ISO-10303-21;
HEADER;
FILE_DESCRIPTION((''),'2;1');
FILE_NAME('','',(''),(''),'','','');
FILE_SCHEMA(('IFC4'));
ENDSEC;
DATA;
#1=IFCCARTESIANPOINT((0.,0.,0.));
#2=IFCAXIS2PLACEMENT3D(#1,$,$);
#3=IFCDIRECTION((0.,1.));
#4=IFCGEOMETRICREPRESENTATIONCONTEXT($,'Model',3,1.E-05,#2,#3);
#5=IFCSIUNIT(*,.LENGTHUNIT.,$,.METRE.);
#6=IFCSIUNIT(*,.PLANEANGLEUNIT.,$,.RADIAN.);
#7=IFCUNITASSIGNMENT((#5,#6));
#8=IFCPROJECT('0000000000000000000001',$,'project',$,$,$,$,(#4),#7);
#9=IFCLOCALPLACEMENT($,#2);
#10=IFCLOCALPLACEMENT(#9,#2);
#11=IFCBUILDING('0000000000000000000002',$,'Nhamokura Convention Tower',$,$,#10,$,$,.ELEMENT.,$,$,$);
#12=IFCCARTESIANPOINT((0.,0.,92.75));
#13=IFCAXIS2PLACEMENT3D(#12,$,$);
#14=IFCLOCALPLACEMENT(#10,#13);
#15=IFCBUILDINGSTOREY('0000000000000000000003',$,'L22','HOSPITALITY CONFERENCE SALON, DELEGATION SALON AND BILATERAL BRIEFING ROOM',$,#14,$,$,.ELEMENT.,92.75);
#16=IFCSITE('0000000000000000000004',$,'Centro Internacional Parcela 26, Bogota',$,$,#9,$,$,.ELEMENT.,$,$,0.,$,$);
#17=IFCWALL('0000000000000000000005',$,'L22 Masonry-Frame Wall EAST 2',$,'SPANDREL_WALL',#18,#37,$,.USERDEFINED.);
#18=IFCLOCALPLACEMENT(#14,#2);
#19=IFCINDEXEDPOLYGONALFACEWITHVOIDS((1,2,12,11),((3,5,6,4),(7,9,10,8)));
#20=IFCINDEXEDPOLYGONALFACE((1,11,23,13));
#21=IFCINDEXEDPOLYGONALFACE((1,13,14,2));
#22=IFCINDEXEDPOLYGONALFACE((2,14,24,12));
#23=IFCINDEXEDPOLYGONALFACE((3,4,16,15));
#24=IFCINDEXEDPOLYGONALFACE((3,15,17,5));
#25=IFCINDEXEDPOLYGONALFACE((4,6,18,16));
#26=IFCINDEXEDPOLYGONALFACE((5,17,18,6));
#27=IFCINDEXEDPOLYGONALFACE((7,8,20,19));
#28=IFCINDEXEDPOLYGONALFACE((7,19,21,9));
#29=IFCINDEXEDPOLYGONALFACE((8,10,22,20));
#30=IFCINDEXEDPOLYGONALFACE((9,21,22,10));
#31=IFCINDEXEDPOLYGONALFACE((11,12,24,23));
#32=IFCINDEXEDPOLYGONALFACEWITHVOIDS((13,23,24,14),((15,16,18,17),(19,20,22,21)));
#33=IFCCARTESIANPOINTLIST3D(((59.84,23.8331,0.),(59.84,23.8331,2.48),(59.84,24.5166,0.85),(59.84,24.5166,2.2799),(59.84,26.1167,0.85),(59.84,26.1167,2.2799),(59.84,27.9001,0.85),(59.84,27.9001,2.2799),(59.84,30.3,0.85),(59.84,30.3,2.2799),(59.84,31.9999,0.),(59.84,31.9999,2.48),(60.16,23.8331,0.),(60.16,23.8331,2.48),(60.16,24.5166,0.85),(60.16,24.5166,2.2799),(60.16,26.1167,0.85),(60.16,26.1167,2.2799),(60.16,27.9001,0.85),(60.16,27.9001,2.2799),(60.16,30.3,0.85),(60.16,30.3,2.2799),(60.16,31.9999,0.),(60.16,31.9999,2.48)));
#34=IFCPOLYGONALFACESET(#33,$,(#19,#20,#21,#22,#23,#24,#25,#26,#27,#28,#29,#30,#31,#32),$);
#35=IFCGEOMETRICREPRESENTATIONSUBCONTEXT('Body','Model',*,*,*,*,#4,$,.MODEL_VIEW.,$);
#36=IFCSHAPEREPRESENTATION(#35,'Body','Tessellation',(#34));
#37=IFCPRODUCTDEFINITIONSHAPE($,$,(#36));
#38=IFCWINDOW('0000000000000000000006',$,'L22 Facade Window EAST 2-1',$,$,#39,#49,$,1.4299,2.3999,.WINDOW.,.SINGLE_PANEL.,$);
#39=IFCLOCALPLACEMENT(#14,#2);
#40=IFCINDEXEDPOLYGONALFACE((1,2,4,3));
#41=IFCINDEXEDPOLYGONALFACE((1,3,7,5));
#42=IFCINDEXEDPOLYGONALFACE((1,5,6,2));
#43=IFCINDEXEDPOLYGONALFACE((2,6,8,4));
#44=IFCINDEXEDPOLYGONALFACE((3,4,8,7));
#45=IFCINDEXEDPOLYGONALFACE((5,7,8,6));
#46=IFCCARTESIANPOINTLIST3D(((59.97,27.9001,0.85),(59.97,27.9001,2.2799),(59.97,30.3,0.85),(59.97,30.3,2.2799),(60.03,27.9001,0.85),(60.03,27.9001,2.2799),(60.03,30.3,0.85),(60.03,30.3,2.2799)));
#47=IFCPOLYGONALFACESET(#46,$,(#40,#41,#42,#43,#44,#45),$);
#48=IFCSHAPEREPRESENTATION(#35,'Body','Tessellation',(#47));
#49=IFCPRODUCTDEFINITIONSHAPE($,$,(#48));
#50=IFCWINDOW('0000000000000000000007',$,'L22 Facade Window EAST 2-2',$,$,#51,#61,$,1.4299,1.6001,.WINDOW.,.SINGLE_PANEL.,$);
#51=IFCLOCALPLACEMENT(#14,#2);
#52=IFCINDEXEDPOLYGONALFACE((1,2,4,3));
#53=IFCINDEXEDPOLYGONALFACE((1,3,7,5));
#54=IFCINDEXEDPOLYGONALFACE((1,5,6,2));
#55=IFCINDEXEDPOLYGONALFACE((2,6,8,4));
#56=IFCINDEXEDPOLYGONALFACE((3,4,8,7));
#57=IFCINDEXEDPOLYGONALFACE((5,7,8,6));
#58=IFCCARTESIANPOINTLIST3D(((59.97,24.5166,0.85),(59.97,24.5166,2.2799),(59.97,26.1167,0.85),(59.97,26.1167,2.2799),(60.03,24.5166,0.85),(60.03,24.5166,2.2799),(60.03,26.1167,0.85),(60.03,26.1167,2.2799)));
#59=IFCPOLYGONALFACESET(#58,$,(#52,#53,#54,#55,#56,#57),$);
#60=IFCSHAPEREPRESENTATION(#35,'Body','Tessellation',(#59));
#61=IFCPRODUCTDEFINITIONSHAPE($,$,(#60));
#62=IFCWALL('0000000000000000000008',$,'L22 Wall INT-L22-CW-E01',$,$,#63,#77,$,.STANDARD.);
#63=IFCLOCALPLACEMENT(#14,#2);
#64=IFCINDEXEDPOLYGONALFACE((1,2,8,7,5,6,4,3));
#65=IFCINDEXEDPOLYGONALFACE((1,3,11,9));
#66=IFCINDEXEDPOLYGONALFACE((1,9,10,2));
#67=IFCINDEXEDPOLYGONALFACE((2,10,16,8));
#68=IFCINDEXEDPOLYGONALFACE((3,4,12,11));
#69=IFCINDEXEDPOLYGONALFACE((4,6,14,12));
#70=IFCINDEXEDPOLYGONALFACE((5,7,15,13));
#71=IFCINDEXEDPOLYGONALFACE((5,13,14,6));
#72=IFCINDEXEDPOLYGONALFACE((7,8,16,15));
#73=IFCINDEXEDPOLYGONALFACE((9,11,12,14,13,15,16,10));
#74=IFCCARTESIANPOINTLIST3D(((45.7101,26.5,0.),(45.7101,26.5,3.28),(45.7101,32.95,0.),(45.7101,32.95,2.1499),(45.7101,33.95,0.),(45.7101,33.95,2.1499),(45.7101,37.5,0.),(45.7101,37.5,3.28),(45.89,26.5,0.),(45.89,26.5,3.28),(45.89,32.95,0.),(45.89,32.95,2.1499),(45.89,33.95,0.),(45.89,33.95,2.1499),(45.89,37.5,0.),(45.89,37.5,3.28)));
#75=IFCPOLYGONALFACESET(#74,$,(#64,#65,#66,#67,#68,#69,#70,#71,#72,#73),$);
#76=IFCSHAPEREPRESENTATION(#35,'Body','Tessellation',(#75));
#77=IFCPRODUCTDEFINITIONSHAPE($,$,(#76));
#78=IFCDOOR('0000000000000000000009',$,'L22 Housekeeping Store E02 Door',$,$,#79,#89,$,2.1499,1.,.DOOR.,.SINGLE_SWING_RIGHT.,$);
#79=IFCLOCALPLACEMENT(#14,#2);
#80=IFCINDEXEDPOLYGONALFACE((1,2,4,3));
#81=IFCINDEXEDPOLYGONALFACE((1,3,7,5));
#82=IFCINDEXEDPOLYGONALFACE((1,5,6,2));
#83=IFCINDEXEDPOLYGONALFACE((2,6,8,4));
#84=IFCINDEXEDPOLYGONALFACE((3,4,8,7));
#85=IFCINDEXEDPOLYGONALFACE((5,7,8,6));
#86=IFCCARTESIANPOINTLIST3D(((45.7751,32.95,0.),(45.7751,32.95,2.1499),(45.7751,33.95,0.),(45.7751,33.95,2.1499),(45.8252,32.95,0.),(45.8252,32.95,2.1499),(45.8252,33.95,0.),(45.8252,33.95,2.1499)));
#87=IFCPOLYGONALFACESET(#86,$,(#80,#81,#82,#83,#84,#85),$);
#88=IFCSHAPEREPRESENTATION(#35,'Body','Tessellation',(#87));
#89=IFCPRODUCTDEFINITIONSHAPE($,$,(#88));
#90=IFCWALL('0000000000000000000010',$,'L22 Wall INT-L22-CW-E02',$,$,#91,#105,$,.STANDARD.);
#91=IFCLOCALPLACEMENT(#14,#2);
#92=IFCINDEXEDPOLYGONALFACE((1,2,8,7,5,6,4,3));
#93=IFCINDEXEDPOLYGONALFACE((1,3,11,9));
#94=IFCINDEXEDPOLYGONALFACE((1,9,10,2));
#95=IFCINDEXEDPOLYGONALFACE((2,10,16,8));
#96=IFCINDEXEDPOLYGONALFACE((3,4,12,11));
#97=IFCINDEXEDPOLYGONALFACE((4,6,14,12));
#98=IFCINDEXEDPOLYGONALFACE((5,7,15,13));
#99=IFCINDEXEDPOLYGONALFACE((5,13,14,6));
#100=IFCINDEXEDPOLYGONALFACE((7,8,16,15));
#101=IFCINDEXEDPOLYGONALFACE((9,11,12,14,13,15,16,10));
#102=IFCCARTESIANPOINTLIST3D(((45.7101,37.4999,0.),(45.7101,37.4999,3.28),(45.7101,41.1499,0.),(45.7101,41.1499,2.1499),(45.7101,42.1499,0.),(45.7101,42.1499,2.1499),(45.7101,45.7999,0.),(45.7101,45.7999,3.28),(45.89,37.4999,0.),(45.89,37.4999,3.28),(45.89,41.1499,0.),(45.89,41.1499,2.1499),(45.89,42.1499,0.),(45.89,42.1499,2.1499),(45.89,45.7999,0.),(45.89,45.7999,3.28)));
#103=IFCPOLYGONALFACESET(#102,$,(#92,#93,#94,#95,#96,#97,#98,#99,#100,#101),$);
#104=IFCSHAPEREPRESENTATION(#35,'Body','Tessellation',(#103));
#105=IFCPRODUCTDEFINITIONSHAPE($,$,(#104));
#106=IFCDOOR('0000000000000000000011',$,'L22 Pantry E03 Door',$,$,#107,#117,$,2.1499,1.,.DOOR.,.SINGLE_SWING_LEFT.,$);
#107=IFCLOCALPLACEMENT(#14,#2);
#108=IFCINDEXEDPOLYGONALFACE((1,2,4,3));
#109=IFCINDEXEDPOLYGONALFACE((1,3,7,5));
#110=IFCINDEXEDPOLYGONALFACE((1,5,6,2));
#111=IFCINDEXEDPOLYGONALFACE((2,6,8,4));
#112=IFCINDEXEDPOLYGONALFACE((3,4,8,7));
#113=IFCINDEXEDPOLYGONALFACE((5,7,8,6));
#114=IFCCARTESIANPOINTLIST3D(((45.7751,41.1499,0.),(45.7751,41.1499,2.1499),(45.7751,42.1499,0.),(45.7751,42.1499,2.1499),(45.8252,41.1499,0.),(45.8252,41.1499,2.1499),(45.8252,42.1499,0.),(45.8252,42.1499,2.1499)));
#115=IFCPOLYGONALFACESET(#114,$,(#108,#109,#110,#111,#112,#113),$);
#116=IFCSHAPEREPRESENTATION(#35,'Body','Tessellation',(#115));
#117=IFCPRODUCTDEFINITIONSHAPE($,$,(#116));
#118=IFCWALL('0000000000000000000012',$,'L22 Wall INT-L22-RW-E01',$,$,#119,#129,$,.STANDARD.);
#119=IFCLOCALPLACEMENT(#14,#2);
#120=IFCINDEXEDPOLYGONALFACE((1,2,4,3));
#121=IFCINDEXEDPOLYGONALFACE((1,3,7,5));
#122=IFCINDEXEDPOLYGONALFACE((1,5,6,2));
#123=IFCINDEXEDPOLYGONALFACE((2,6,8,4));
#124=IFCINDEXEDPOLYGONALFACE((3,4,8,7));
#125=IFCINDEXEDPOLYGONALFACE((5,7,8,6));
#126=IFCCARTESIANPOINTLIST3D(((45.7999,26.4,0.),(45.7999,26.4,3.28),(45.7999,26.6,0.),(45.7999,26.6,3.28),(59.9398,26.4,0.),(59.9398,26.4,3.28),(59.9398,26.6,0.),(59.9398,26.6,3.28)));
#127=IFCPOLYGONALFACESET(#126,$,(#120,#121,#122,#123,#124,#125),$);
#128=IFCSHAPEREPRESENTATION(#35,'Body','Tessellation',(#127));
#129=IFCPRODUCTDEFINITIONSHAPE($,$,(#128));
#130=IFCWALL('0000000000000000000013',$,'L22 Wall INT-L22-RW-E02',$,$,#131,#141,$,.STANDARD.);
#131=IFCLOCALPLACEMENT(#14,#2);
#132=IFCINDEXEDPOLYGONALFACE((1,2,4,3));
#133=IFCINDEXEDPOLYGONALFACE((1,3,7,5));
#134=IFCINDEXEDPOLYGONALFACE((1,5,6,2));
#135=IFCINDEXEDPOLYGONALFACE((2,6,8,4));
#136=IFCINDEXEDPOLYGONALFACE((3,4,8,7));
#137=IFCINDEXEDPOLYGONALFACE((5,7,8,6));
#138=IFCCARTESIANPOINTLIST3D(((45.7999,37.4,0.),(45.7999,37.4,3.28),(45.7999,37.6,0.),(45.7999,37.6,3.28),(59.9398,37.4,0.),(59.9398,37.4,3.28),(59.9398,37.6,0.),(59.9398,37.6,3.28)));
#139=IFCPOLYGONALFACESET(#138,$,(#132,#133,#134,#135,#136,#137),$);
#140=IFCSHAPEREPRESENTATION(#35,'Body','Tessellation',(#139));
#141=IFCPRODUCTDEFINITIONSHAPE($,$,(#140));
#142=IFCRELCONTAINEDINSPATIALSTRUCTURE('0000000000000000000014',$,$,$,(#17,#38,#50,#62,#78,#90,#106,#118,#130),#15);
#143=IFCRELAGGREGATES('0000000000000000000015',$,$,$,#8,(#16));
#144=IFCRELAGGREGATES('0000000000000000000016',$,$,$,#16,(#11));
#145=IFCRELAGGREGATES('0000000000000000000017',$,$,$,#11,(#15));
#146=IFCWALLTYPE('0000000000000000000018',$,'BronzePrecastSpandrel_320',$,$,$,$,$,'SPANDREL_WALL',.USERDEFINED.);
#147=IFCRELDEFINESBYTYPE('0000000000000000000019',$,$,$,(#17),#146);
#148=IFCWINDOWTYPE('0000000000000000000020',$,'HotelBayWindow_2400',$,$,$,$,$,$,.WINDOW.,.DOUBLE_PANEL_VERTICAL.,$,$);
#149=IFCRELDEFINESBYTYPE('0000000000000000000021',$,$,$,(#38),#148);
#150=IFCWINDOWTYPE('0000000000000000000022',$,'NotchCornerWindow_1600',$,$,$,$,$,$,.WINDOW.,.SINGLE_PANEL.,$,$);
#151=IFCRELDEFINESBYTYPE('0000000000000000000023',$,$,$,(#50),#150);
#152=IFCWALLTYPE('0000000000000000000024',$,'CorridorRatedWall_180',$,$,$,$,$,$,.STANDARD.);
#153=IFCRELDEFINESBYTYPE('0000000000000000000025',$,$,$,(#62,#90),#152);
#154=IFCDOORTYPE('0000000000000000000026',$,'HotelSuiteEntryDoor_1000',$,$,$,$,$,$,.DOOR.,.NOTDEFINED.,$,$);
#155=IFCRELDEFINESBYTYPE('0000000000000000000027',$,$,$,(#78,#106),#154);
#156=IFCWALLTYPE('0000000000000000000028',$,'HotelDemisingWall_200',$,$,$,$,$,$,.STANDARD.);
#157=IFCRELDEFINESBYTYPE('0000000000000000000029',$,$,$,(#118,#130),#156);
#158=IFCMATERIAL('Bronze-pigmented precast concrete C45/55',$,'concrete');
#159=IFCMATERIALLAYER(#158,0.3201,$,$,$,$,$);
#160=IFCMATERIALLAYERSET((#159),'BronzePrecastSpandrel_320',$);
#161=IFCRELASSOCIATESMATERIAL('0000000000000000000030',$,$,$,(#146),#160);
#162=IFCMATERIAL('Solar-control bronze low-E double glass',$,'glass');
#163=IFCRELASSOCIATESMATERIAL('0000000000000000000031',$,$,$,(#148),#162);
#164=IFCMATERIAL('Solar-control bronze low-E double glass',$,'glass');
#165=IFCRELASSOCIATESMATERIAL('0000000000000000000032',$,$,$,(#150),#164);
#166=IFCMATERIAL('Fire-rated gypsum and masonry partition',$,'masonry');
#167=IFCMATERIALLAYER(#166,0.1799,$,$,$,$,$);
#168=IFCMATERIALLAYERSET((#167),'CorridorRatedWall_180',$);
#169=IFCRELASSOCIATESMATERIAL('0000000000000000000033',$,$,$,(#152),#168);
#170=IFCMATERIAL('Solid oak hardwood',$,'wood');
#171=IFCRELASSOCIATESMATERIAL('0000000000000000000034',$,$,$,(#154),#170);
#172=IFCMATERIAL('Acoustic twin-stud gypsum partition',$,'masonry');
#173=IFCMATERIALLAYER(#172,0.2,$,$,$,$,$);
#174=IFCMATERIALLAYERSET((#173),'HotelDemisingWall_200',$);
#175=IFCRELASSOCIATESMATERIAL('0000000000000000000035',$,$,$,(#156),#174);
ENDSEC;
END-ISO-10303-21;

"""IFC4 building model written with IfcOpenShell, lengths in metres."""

from ifc_helpers import new_model, si_unit, direction, frame, frame_2d, origin, place, context, subcontext, project, spatial, rectangle, extrude, material, layer, layer_set, type_object, element, fill, save


model = new_model("IFC4")

# Units and contexts
model_context = context("Model", 3, precision=1e-05, world=origin(), true_north=direction((0.0, 1.0)))
body_context = subcontext(model_context, "Body", "Model", "MODEL_VIEW")
ifc_project = project(units=[si_unit("LENGTHUNIT", "METRE"), si_unit("PLANEANGLEUNIT", "RADIAN")], contexts=[model_context])

# Site, building, storey
site_placement = place(None, origin())
site = spatial("IfcSite", under=ifc_project, at=site_placement, Name="Centro Internacional Parcela 26, Bogota", CompositionType="ELEMENT", RefElevation=0.0)
building_placement = place(site_placement, origin())
building = spatial("IfcBuilding", under=site, at=building_placement, Name="Nhamokura Convention Tower", CompositionType="ELEMENT")
storey_placement = place(building_placement, frame((0.0, 0.0, 92.75)))
storey = spatial("IfcBuildingStorey", under=building, at=storey_placement, Name="L22", Description="HOSPITALITY CONFERENCE SALON, DELEGATION SALON AND BILATERAL BRIEFING ROOM", CompositionType="ELEMENT", Elevation=92.75)

# Shared definitions
ifc_material_1 = material(Name="Bronze-pigmented precast concrete C45/55", Category="concrete")
ifc_layer_1 = layer(ifc_material_1, 0.3201)
ifc_layer_set_1 = layer_set([ifc_layer_1], Name="BronzePrecastSpandrel_320")
wall_type_1 = type_object("IfcWallType", Name="BronzePrecastSpandrel_320", ElementType="SPANDREL_WALL", PredefinedType="USERDEFINED", material=ifc_layer_set_1)

# Wall, openings, windows
wall_1_placement = place(storey_placement, frame((60.0, 32.0, 0.0), z_axis=(0.0, 0.0, 1.0), x_axis=(0.0, -1.0, 0.0)))
wall_1 = element("IfcWall", 1, at=wall_1_placement, inside=storey, type_object=wall_type_1, Name="L22 Masonry-Frame Wall EAST 2", ObjectType="SPANDREL_WALL", PredefinedType="USERDEFINED", context=body_context, shape_type="SweptSolid", body=[
    extrude(rectangle(XDim=8.1667, YDim=0.3201, at=frame_2d((4.0835, 0.0))), origin(), (0.0, 0.0, 1.0), 2.48),
])
opening_1_placement = place(wall_1_placement, frame((1.7, 0.0, 0.8501)))
opening_1 = element("IfcOpeningElement", 2, at=opening_1_placement, cuts=wall_1, PredefinedType="OPENING", context=body_context, shape_type="SweptSolid", body=[
    extrude(rectangle(XDim=2.3999, YDim=1.4299, at=frame_2d((1.2, 0.7148))), frame((0.0, 0.1699, 0.0), z_axis=(0.0, -1.0, 0.0), x_axis=(1.0, 0.0, 0.0)), (0.0, 0.0, 1.0), 0.3401),
])
opening_2_placement = place(wall_1_placement, frame((5.8833, 0.0, 0.8501)))
opening_2 = element("IfcOpeningElement", 3, at=opening_2_placement, cuts=wall_1, PredefinedType="OPENING", context=body_context, shape_type="SweptSolid", body=[
    extrude(rectangle(XDim=1.6001, YDim=1.4299, at=frame_2d((0.8, 0.7148))), frame((0.0, 0.1699, 0.0), z_axis=(0.0, -1.0, 0.0), x_axis=(1.0, 0.0, 0.0)), (0.0, 0.0, 1.0), 0.3401),
])
ifc_material_2 = material(Name="Solar-control bronze low-E double glass", Category="glass")
window_type_1 = type_object("IfcWindowType", Name="HotelBayWindow_2400", PartitioningType="DOUBLE_PANEL_VERTICAL", PredefinedType="WINDOW", material=ifc_material_2)
window_1_placement = place(opening_1_placement, origin())
window_1 = element("IfcWindow", 4, at=window_1_placement, inside=storey, type_object=window_type_1, Name="L22 Facade Window EAST 2-1", OverallHeight=1.4299, OverallWidth=2.3999, PartitioningType="SINGLE_PANEL", PredefinedType="WINDOW", context=body_context, shape_type="SweptSolid", body=[
    extrude(rectangle(XDim=2.3999, YDim=1.4299, at=frame_2d((1.2, 0.7148))), frame((0.0, 0.03, 0.0), z_axis=(0.0, -1.0, 0.0), x_axis=(1.0, 0.0, 0.0)), (0.0, 0.0, 1.0), 0.0601),
])
fill(opening_1, window_1)
ifc_material_3 = material(Name="Solar-control bronze low-E double glass", Category="glass")
window_type_2 = type_object("IfcWindowType", Name="NotchCornerWindow_1600", PartitioningType="SINGLE_PANEL", PredefinedType="WINDOW", material=ifc_material_3)
window_2_placement = place(opening_2_placement, origin())
window_2 = element("IfcWindow", 5, at=window_2_placement, inside=storey, type_object=window_type_2, Name="L22 Facade Window EAST 2-2", OverallHeight=1.4299, OverallWidth=1.6001, PartitioningType="SINGLE_PANEL", PredefinedType="WINDOW", context=body_context, shape_type="SweptSolid", body=[
    extrude(rectangle(XDim=1.6001, YDim=1.4299, at=frame_2d((0.8, 0.7148))), frame((0.0, 0.03, 0.0), z_axis=(0.0, -1.0, 0.0), x_axis=(1.0, 0.0, 0.0)), (0.0, 0.0, 1.0), 0.0601),
])
fill(opening_2, window_2)

# Walls, openings, doors
ifc_material_4 = material(Name="Fire-rated gypsum and masonry partition", Category="masonry")
ifc_layer_2 = layer(ifc_material_4, 0.1799)
ifc_layer_set_2 = layer_set([ifc_layer_2], Name="CorridorRatedWall_180")
wall_type_2 = type_object("IfcWallType", Name="CorridorRatedWall_180", PredefinedType="STANDARD", material=ifc_layer_set_2)
wall_2_placement = place(storey_placement, frame((45.8, 26.5, 0.0), z_axis=(0.0, 0.0, 1.0), x_axis=(0.0, 1.0, 0.0)))
wall_2 = element("IfcWall", 6, at=wall_2_placement, inside=storey, type_object=wall_type_2, Name="L22 Wall INT-L22-CW-E01", PredefinedType="STANDARD", context=body_context, shape_type="SweptSolid", body=[
    extrude(rectangle(XDim=11.0, YDim=0.1799, at=frame_2d((5.5, 0.0))), origin(), (0.0, 0.0, 1.0), 3.28),
])
opening_3_placement = place(wall_2_placement, frame((6.45, 0.0, 0.0)))
opening_3 = element("IfcOpeningElement", 7, at=opening_3_placement, cuts=wall_2, PredefinedType="OPENING", context=body_context, shape_type="SweptSolid", body=[
    extrude(rectangle(XDim=1.0, YDim=2.1499, at=frame_2d((0.5, 1.075))), frame((0.0, 0.0999, 0.0), z_axis=(0.0, -1.0, 0.0), x_axis=(1.0, 0.0, 0.0)), (0.0, 0.0, 1.0), 0.2),
])
ifc_material_5 = material(Name="Solid oak hardwood", Category="wood")
door_type_1 = type_object("IfcDoorType", Name="HotelSuiteEntryDoor_1000", OperationType="NOTDEFINED", PredefinedType="DOOR", material=ifc_material_5)
door_1_placement = place(opening_3_placement, origin())
door_1 = element("IfcDoor", 8, at=door_1_placement, inside=storey, type_object=door_type_1, Name="L22 Housekeeping Store E02 Door", OperationType="SINGLE_SWING_RIGHT", OverallHeight=2.1499, OverallWidth=1.0, PredefinedType="DOOR", context=body_context, shape_type="SweptSolid", body=[
    extrude(rectangle(XDim=1.0, YDim=2.1499, at=frame_2d((0.5, 1.075))), frame((0.0, 0.0249, 0.0), z_axis=(0.0, -1.0, 0.0), x_axis=(1.0, 0.0, 0.0)), (0.0, 0.0, 1.0), 0.05),
])
fill(opening_3, door_1)
wall_3_placement = place(storey_placement, frame((45.8, 37.5, 0.0), z_axis=(0.0, 0.0, 1.0), x_axis=(0.0, 1.0, 0.0)))
wall_3 = element("IfcWall", 9, at=wall_3_placement, inside=storey, type_object=wall_type_2, Name="L22 Wall INT-L22-CW-E02", PredefinedType="STANDARD", context=body_context, shape_type="SweptSolid", body=[
    extrude(rectangle(XDim=8.3, YDim=0.1799, at=frame_2d((4.1499, 0.0))), origin(), (0.0, 0.0, 1.0), 3.28),
])
opening_4_placement = place(wall_3_placement, frame((3.6499, 0.0, 0.0)))
opening_4 = element("IfcOpeningElement", 10, at=opening_4_placement, cuts=wall_3, PredefinedType="OPENING", context=body_context, shape_type="SweptSolid", body=[
    extrude(rectangle(XDim=1.0, YDim=2.1499, at=frame_2d((0.5, 1.075))), frame((0.0, 0.0999, 0.0), z_axis=(0.0, -1.0, 0.0), x_axis=(1.0, 0.0, 0.0)), (0.0, 0.0, 1.0), 0.2),
])
door_2_placement = place(opening_4_placement, origin())
door_2 = element("IfcDoor", 11, at=door_2_placement, inside=storey, type_object=door_type_1, Name="L22 Pantry E03 Door", OperationType="SINGLE_SWING_LEFT", OverallHeight=2.1499, OverallWidth=1.0, PredefinedType="DOOR", context=body_context, shape_type="SweptSolid", body=[
    extrude(rectangle(XDim=1.0, YDim=2.1499, at=frame_2d((0.5, 1.075))), frame((0.0, 0.0249, 0.0), z_axis=(0.0, -1.0, 0.0), x_axis=(1.0, 0.0, 0.0)), (0.0, 0.0, 1.0), 0.05),
])
fill(opening_4, door_2)

# Walls
ifc_material_6 = material(Name="Acoustic twin-stud gypsum partition", Category="masonry")
ifc_layer_3 = layer(ifc_material_6, 0.2)
ifc_layer_set_3 = layer_set([ifc_layer_3], Name="HotelDemisingWall_200")
wall_type_3 = type_object("IfcWallType", Name="HotelDemisingWall_200", PredefinedType="STANDARD", material=ifc_layer_set_3)
for number, where, z_axis, x_axis, name in (
    (12, (45.8, 26.5, 0.0), (0.0, 0.0, 1.0), (1.0, 0.0, 0.0), "L22 Wall INT-L22-RW-E01"),
    (13, (45.8, 37.5, 0.0), (0.0, 0.0, 1.0), (1.0, 0.0, 0.0), "L22 Wall INT-L22-RW-E02"),
):
    element("IfcWall", number, at=place(storey_placement, frame(where, z_axis=z_axis, x_axis=x_axis)), inside=storey, type_object=wall_type_3, Name=name, PredefinedType="STANDARD", context=body_context, shape_type="SweptSolid", body=[
        extrude(rectangle(XDim=14.1399, YDim=0.2, at=frame_2d((7.0698, 0.0))), origin(), (0.0, 0.0, 1.0), 3.28),
    ])

save(model, "model.ifc")
